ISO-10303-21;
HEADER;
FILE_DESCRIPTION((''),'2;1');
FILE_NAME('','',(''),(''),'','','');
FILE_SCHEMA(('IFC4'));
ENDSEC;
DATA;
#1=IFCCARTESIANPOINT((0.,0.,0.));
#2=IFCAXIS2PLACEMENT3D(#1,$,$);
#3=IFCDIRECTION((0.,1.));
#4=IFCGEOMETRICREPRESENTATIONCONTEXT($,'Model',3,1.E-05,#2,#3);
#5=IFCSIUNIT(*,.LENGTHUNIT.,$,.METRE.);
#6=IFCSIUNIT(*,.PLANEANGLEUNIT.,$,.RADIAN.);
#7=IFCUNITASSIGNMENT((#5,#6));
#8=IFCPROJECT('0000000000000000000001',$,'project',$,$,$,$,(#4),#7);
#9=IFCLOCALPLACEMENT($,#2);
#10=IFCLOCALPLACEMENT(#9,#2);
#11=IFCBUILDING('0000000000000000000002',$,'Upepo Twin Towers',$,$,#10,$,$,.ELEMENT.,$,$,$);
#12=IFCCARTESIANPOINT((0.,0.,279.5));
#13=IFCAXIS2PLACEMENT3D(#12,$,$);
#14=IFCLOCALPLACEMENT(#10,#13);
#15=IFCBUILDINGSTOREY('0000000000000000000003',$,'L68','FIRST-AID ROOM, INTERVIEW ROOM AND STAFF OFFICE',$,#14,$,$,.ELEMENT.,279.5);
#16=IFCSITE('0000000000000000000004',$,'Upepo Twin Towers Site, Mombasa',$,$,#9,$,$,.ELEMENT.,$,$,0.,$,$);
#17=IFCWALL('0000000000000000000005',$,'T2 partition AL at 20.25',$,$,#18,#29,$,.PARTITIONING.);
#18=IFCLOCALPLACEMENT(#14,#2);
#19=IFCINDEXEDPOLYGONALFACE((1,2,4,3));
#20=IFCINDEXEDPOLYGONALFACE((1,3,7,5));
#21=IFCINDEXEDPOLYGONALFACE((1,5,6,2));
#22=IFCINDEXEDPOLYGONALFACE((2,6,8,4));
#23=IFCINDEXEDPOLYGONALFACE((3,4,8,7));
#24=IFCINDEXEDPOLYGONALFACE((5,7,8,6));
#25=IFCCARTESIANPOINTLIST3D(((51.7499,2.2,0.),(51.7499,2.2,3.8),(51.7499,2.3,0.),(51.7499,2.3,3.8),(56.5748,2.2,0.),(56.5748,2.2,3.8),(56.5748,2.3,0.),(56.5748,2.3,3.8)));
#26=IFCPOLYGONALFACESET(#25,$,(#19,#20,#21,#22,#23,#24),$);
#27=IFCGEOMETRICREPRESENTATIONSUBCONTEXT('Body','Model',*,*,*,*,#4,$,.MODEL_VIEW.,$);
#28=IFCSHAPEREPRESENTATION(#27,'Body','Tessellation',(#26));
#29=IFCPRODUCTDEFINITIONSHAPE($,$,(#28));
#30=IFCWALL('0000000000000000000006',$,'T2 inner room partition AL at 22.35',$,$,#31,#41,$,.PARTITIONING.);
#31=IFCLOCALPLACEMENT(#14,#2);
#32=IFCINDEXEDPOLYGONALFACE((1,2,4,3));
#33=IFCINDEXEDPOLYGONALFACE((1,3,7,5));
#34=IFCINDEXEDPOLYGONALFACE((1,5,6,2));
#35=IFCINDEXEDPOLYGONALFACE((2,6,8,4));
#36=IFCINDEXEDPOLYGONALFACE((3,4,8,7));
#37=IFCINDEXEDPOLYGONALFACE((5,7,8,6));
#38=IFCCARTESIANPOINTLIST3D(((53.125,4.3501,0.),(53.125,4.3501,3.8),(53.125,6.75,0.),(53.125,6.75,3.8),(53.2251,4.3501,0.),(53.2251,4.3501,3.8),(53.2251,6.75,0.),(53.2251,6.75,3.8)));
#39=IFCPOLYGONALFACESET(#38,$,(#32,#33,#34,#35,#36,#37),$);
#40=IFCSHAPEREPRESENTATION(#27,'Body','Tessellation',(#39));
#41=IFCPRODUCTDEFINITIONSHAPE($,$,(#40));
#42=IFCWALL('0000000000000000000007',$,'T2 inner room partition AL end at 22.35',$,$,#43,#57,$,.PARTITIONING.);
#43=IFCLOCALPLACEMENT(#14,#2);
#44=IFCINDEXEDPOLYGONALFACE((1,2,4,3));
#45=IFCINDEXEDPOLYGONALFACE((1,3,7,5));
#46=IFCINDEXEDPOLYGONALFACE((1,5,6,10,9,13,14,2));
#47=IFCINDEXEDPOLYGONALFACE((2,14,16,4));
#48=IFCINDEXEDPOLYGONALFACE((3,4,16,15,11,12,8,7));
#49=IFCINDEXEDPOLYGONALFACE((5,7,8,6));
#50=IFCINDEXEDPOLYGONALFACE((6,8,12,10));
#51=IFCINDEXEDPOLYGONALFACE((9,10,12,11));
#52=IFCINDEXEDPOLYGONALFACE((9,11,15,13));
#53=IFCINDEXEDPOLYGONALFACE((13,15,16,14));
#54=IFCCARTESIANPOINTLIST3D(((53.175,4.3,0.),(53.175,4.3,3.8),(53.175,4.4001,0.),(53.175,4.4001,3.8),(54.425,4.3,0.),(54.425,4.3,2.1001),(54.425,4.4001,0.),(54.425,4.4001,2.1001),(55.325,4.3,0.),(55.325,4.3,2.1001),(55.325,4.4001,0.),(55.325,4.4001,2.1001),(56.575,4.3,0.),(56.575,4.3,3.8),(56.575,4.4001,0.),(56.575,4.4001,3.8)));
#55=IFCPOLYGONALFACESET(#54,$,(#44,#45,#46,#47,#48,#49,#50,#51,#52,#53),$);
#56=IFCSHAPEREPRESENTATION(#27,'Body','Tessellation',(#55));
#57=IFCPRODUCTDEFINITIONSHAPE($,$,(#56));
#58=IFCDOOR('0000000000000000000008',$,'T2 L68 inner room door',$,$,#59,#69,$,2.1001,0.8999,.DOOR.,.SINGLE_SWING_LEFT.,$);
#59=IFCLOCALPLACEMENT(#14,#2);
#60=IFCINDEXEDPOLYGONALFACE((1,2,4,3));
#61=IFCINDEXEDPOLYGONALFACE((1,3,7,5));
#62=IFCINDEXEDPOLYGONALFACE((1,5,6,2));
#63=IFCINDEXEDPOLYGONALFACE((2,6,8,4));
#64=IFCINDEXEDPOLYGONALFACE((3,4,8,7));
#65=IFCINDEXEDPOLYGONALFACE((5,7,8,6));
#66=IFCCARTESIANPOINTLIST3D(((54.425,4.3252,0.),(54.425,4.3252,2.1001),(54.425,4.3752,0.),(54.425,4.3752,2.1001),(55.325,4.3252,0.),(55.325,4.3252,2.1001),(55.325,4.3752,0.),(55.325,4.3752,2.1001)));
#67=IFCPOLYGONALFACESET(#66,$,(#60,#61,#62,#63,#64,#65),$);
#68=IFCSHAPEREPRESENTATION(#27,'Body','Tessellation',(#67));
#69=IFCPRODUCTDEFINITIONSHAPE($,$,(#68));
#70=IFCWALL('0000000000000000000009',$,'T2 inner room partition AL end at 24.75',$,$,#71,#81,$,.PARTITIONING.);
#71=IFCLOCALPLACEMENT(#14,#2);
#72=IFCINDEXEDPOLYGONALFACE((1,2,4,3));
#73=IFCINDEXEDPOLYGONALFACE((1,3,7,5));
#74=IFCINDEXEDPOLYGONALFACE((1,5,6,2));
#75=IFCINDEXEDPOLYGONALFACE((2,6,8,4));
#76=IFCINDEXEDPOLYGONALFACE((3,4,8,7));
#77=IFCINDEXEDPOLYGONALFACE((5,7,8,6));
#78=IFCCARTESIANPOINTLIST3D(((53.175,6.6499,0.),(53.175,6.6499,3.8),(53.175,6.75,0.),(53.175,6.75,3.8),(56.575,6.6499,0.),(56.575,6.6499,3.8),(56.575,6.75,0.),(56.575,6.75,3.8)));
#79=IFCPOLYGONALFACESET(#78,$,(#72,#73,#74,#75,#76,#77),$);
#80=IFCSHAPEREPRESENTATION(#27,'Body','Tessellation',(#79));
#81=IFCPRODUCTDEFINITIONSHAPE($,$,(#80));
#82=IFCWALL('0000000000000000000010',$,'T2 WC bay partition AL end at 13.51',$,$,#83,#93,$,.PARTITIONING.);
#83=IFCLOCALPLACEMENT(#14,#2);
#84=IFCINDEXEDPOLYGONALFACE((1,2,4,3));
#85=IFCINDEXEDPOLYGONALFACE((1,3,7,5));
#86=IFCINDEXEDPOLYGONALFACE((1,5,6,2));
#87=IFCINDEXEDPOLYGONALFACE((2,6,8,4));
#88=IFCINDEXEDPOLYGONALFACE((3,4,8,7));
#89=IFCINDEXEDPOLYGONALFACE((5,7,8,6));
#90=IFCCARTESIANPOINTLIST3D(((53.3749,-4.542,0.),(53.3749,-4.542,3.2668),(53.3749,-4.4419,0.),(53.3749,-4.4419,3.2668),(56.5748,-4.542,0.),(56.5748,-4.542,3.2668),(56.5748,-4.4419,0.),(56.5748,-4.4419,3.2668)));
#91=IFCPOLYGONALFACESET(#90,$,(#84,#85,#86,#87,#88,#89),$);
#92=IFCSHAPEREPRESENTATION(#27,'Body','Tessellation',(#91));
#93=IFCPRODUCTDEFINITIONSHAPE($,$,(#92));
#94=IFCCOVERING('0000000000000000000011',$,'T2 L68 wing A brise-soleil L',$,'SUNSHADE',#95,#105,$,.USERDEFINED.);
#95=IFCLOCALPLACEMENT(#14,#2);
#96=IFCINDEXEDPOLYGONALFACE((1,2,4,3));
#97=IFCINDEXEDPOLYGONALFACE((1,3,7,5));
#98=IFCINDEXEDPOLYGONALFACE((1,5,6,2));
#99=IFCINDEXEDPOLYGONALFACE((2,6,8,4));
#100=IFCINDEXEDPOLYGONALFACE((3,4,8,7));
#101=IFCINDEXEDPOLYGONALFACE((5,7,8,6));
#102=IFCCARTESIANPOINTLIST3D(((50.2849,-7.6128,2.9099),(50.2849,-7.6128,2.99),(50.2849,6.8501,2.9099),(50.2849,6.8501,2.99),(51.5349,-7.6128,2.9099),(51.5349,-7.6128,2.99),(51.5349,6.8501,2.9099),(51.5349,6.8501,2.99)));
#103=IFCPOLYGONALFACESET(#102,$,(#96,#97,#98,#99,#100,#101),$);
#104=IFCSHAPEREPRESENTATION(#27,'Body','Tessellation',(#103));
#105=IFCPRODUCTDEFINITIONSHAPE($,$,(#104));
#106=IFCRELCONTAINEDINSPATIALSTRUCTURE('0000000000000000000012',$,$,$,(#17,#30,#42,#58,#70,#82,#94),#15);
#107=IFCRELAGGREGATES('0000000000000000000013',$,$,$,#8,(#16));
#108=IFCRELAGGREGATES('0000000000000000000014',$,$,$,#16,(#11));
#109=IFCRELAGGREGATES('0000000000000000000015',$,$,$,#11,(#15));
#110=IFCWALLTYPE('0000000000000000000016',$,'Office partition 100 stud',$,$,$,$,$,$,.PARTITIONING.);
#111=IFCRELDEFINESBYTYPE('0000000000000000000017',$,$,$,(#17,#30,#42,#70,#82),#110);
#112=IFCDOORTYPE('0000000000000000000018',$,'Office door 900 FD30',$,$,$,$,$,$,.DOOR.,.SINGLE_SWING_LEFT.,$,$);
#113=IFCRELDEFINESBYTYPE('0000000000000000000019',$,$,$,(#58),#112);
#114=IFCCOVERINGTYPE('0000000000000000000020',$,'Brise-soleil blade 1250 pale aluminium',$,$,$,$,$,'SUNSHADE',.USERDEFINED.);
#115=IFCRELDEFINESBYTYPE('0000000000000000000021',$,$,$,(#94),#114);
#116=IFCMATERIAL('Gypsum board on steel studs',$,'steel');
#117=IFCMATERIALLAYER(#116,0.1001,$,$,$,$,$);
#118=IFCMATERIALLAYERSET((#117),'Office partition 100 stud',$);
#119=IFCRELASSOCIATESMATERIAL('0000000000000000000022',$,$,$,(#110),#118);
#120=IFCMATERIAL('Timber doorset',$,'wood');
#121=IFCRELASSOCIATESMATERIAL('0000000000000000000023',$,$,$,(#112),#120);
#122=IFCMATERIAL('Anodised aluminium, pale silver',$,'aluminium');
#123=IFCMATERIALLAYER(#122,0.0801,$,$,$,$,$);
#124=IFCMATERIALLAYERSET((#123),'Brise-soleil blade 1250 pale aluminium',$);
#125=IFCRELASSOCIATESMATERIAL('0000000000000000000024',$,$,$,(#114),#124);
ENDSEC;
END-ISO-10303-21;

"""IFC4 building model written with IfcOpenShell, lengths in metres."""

from ifc_helpers import new_model, si_unit, direction, frame, frame_2d, origin, origin_2d, place, context, subcontext, project, spatial, rectangle, extrude, material, layer, layer_set, type_object, element, fill, save


model = new_model("IFC4")

# Units and contexts
model_context = context("Model", 3, precision=1e-05, world=origin(), true_north=direction((0.0, 1.0)))
body_context = subcontext(model_context, "Body", "Model", "MODEL_VIEW")
ifc_project = project(units=[si_unit("LENGTHUNIT", "METRE"), si_unit("PLANEANGLEUNIT", "RADIAN")], contexts=[model_context])

# Site, building, storey
site_placement = place(None, origin())
site = spatial("IfcSite", under=ifc_project, at=site_placement, Name="Upepo Twin Towers Site, Mombasa", CompositionType="ELEMENT", RefElevation=0.0)
building_placement = place(site_placement, origin())
building = spatial("IfcBuilding", under=site, at=building_placement, Name="Upepo Twin Towers", CompositionType="ELEMENT")
storey_placement = place(building_placement, frame((0.0, 0.0, 279.5)))
storey = spatial("IfcBuildingStorey", under=building, at=storey_placement, Name="L68", Description="FIRST-AID ROOM, INTERVIEW ROOM AND STAFF OFFICE", CompositionType="ELEMENT", Elevation=279.5)

# Walls
ifc_material_1 = material(Name="Gypsum board on steel studs", Category="steel")
ifc_layer_1 = layer(ifc_material_1, 0.1001)
ifc_layer_set_1 = layer_set([ifc_layer_1], Name="Office partition 100 stud")
wall_type_1 = type_object("IfcWallType", Name="Office partition 100 stud", PredefinedType="PARTITIONING", material=ifc_layer_set_1)
for number, where, z_axis, x_axis, name in (
    (1, (56.575, 2.25, 0.0), (0.0, 0.0, 1.0), (-1.0, 0.0, 0.0), "T2 partition AL at 20.25"),
):
    element("IfcWall", number, at=place(storey_placement, frame(where, z_axis=z_axis, x_axis=x_axis)), inside=storey, type_object=wall_type_1, Name=name, PredefinedType="PARTITIONING", context=body_context, shape_type="SweptSolid", body=[
        extrude(rectangle(XDim=4.825, YDim=0.1001, at=frame_2d((2.4126, 0.0))), origin(), (0.0, 0.0, 1.0), 3.8),
    ])
wall_1_placement = place(storey_placement, frame((53.175, 4.3501, 0.0), z_axis=(0.0, 0.0, 1.0), x_axis=(0.0, 1.0, 0.0)))
element("IfcWall", 2, at=wall_1_placement, inside=storey, type_object=wall_type_1, Name="T2 inner room partition AL at 22.35", PredefinedType="PARTITIONING", context=body_context, shape_type="SweptSolid", body=[
    extrude(rectangle(XDim=2.3999, YDim=0.1001, at=frame_2d((1.2, 0.0))), origin(), (0.0, 0.0, 1.0), 3.8),
])

# Wall, opening, door
wall_2_placement = place(storey_placement, frame((56.575, 4.3501, 0.0), z_axis=(0.0, 0.0, 1.0), x_axis=(-1.0, 0.0, 0.0)))
wall_2 = element("IfcWall", 3, at=wall_2_placement, inside=storey, type_object=wall_type_1, Name="T2 inner room partition AL end at 22.35", PredefinedType="PARTITIONING", context=body_context, shape_type="SweptSolid", body=[
    extrude(rectangle(XDim=3.3999, YDim=0.1001, at=frame_2d((1.7, 0.0))), origin(), (0.0, 0.0, 1.0), 3.8),
])
opening_placement = place(wall_2_placement, frame((1.25, 0.0, 0.0)))
opening = element("IfcOpeningElement", 4, at=opening_placement, cuts=wall_2, PredefinedType="OPENING", context=body_context, shape_type="SweptSolid", body=[
    extrude(rectangle(XDim=0.8999, YDim=2.1001, at=frame_2d((0.45, 1.05))), frame((0.0, 0.0601, 0.0), z_axis=(0.0, -1.0, 0.0), x_axis=(1.0, 0.0, 0.0)), (0.0, 0.0, 1.0), 0.1201),
])
ifc_material_2 = material(Name="Timber doorset", Category="wood")
door_type = type_object("IfcDoorType", Name="Office door 900 FD30", OperationType="SINGLE_SWING_LEFT", PredefinedType="DOOR", material=ifc_material_2)
door_placement = place(opening_placement, origin())
door = element("IfcDoor", 5, at=door_placement, inside=storey, type_object=door_type, Name="T2 L68 inner room door", OperationType="SINGLE_SWING_LEFT", OverallHeight=2.1001, OverallWidth=0.8999, PredefinedType="DOOR", context=body_context, shape_type="SweptSolid", body=[
    extrude(rectangle(XDim=0.8999, YDim=2.1001, at=frame_2d((0.45, 1.05))), frame((0.0, 0.0249, 0.0), z_axis=(0.0, -1.0, 0.0), x_axis=(1.0, 0.0, 0.0)), (0.0, 0.0, 1.0), 0.05),
])
fill(opening, door)

# Walls
wall_3_placement = place(storey_placement, frame((56.575, 6.7, 0.0), z_axis=(0.0, 0.0, 1.0), x_axis=(-1.0, 0.0, 0.0)))
element("IfcWall", 6, at=wall_3_placement, inside=storey, type_object=wall_type_1, Name="T2 inner room partition AL end at 24.75", PredefinedType="PARTITIONING", context=body_context, shape_type="SweptSolid", body=[
    extrude(rectangle(XDim=3.3999, YDim=0.1001, at=frame_2d((1.7, 0.0))), origin(), (0.0, 0.0, 1.0), 3.8),
])
wall_4_placement = place(storey_placement, frame((56.575, -4.4919, 0.0), z_axis=(0.0, 0.0, 1.0), x_axis=(-1.0, 0.0, 0.0)))
element("IfcWall", 7, at=wall_4_placement, inside=storey, type_object=wall_type_1, Name="T2 WC bay partition AL end at 13.51", PredefinedType="PARTITIONING", context=body_context, shape_type="SweptSolid", body=[
    extrude(rectangle(XDim=3.2, YDim=0.1001, at=frame_2d((1.6001, 0.0))), origin(), (0.0, 0.0, 1.0), 3.2668),
])

# Covering
ifc_material_3 = material(Name="Anodised aluminium, pale silver", Category="aluminium")
ifc_layer_2 = layer(ifc_material_3, 0.0801)
ifc_layer_set_2 = layer_set([ifc_layer_2], Name="Brise-soleil blade 1250 pale aluminium")
covering_type = type_object("IfcCoveringType", Name="Brise-soleil blade 1250 pale aluminium", ElementType="SUNSHADE", PredefinedType="USERDEFINED", material=ifc_layer_set_2)
covering_placement = place(storey_placement, frame((50.9099, -0.3813, 2.9099), z_axis=(0.0, 0.0, 1.0), x_axis=(0.0, 1.0, 0.0)))
element("IfcCovering", 8, at=covering_placement, inside=storey, type_object=covering_type, Name="T2 L68 wing A brise-soleil L", ObjectType="SUNSHADE", PredefinedType="USERDEFINED", context=body_context, shape_type="SweptSolid", body=[
    extrude(rectangle(XDim=14.4629, YDim=1.25, at=origin_2d()), origin(), (0.0, 0.0, 1.0), 0.0801),
])

save(model, "model.ifc")
